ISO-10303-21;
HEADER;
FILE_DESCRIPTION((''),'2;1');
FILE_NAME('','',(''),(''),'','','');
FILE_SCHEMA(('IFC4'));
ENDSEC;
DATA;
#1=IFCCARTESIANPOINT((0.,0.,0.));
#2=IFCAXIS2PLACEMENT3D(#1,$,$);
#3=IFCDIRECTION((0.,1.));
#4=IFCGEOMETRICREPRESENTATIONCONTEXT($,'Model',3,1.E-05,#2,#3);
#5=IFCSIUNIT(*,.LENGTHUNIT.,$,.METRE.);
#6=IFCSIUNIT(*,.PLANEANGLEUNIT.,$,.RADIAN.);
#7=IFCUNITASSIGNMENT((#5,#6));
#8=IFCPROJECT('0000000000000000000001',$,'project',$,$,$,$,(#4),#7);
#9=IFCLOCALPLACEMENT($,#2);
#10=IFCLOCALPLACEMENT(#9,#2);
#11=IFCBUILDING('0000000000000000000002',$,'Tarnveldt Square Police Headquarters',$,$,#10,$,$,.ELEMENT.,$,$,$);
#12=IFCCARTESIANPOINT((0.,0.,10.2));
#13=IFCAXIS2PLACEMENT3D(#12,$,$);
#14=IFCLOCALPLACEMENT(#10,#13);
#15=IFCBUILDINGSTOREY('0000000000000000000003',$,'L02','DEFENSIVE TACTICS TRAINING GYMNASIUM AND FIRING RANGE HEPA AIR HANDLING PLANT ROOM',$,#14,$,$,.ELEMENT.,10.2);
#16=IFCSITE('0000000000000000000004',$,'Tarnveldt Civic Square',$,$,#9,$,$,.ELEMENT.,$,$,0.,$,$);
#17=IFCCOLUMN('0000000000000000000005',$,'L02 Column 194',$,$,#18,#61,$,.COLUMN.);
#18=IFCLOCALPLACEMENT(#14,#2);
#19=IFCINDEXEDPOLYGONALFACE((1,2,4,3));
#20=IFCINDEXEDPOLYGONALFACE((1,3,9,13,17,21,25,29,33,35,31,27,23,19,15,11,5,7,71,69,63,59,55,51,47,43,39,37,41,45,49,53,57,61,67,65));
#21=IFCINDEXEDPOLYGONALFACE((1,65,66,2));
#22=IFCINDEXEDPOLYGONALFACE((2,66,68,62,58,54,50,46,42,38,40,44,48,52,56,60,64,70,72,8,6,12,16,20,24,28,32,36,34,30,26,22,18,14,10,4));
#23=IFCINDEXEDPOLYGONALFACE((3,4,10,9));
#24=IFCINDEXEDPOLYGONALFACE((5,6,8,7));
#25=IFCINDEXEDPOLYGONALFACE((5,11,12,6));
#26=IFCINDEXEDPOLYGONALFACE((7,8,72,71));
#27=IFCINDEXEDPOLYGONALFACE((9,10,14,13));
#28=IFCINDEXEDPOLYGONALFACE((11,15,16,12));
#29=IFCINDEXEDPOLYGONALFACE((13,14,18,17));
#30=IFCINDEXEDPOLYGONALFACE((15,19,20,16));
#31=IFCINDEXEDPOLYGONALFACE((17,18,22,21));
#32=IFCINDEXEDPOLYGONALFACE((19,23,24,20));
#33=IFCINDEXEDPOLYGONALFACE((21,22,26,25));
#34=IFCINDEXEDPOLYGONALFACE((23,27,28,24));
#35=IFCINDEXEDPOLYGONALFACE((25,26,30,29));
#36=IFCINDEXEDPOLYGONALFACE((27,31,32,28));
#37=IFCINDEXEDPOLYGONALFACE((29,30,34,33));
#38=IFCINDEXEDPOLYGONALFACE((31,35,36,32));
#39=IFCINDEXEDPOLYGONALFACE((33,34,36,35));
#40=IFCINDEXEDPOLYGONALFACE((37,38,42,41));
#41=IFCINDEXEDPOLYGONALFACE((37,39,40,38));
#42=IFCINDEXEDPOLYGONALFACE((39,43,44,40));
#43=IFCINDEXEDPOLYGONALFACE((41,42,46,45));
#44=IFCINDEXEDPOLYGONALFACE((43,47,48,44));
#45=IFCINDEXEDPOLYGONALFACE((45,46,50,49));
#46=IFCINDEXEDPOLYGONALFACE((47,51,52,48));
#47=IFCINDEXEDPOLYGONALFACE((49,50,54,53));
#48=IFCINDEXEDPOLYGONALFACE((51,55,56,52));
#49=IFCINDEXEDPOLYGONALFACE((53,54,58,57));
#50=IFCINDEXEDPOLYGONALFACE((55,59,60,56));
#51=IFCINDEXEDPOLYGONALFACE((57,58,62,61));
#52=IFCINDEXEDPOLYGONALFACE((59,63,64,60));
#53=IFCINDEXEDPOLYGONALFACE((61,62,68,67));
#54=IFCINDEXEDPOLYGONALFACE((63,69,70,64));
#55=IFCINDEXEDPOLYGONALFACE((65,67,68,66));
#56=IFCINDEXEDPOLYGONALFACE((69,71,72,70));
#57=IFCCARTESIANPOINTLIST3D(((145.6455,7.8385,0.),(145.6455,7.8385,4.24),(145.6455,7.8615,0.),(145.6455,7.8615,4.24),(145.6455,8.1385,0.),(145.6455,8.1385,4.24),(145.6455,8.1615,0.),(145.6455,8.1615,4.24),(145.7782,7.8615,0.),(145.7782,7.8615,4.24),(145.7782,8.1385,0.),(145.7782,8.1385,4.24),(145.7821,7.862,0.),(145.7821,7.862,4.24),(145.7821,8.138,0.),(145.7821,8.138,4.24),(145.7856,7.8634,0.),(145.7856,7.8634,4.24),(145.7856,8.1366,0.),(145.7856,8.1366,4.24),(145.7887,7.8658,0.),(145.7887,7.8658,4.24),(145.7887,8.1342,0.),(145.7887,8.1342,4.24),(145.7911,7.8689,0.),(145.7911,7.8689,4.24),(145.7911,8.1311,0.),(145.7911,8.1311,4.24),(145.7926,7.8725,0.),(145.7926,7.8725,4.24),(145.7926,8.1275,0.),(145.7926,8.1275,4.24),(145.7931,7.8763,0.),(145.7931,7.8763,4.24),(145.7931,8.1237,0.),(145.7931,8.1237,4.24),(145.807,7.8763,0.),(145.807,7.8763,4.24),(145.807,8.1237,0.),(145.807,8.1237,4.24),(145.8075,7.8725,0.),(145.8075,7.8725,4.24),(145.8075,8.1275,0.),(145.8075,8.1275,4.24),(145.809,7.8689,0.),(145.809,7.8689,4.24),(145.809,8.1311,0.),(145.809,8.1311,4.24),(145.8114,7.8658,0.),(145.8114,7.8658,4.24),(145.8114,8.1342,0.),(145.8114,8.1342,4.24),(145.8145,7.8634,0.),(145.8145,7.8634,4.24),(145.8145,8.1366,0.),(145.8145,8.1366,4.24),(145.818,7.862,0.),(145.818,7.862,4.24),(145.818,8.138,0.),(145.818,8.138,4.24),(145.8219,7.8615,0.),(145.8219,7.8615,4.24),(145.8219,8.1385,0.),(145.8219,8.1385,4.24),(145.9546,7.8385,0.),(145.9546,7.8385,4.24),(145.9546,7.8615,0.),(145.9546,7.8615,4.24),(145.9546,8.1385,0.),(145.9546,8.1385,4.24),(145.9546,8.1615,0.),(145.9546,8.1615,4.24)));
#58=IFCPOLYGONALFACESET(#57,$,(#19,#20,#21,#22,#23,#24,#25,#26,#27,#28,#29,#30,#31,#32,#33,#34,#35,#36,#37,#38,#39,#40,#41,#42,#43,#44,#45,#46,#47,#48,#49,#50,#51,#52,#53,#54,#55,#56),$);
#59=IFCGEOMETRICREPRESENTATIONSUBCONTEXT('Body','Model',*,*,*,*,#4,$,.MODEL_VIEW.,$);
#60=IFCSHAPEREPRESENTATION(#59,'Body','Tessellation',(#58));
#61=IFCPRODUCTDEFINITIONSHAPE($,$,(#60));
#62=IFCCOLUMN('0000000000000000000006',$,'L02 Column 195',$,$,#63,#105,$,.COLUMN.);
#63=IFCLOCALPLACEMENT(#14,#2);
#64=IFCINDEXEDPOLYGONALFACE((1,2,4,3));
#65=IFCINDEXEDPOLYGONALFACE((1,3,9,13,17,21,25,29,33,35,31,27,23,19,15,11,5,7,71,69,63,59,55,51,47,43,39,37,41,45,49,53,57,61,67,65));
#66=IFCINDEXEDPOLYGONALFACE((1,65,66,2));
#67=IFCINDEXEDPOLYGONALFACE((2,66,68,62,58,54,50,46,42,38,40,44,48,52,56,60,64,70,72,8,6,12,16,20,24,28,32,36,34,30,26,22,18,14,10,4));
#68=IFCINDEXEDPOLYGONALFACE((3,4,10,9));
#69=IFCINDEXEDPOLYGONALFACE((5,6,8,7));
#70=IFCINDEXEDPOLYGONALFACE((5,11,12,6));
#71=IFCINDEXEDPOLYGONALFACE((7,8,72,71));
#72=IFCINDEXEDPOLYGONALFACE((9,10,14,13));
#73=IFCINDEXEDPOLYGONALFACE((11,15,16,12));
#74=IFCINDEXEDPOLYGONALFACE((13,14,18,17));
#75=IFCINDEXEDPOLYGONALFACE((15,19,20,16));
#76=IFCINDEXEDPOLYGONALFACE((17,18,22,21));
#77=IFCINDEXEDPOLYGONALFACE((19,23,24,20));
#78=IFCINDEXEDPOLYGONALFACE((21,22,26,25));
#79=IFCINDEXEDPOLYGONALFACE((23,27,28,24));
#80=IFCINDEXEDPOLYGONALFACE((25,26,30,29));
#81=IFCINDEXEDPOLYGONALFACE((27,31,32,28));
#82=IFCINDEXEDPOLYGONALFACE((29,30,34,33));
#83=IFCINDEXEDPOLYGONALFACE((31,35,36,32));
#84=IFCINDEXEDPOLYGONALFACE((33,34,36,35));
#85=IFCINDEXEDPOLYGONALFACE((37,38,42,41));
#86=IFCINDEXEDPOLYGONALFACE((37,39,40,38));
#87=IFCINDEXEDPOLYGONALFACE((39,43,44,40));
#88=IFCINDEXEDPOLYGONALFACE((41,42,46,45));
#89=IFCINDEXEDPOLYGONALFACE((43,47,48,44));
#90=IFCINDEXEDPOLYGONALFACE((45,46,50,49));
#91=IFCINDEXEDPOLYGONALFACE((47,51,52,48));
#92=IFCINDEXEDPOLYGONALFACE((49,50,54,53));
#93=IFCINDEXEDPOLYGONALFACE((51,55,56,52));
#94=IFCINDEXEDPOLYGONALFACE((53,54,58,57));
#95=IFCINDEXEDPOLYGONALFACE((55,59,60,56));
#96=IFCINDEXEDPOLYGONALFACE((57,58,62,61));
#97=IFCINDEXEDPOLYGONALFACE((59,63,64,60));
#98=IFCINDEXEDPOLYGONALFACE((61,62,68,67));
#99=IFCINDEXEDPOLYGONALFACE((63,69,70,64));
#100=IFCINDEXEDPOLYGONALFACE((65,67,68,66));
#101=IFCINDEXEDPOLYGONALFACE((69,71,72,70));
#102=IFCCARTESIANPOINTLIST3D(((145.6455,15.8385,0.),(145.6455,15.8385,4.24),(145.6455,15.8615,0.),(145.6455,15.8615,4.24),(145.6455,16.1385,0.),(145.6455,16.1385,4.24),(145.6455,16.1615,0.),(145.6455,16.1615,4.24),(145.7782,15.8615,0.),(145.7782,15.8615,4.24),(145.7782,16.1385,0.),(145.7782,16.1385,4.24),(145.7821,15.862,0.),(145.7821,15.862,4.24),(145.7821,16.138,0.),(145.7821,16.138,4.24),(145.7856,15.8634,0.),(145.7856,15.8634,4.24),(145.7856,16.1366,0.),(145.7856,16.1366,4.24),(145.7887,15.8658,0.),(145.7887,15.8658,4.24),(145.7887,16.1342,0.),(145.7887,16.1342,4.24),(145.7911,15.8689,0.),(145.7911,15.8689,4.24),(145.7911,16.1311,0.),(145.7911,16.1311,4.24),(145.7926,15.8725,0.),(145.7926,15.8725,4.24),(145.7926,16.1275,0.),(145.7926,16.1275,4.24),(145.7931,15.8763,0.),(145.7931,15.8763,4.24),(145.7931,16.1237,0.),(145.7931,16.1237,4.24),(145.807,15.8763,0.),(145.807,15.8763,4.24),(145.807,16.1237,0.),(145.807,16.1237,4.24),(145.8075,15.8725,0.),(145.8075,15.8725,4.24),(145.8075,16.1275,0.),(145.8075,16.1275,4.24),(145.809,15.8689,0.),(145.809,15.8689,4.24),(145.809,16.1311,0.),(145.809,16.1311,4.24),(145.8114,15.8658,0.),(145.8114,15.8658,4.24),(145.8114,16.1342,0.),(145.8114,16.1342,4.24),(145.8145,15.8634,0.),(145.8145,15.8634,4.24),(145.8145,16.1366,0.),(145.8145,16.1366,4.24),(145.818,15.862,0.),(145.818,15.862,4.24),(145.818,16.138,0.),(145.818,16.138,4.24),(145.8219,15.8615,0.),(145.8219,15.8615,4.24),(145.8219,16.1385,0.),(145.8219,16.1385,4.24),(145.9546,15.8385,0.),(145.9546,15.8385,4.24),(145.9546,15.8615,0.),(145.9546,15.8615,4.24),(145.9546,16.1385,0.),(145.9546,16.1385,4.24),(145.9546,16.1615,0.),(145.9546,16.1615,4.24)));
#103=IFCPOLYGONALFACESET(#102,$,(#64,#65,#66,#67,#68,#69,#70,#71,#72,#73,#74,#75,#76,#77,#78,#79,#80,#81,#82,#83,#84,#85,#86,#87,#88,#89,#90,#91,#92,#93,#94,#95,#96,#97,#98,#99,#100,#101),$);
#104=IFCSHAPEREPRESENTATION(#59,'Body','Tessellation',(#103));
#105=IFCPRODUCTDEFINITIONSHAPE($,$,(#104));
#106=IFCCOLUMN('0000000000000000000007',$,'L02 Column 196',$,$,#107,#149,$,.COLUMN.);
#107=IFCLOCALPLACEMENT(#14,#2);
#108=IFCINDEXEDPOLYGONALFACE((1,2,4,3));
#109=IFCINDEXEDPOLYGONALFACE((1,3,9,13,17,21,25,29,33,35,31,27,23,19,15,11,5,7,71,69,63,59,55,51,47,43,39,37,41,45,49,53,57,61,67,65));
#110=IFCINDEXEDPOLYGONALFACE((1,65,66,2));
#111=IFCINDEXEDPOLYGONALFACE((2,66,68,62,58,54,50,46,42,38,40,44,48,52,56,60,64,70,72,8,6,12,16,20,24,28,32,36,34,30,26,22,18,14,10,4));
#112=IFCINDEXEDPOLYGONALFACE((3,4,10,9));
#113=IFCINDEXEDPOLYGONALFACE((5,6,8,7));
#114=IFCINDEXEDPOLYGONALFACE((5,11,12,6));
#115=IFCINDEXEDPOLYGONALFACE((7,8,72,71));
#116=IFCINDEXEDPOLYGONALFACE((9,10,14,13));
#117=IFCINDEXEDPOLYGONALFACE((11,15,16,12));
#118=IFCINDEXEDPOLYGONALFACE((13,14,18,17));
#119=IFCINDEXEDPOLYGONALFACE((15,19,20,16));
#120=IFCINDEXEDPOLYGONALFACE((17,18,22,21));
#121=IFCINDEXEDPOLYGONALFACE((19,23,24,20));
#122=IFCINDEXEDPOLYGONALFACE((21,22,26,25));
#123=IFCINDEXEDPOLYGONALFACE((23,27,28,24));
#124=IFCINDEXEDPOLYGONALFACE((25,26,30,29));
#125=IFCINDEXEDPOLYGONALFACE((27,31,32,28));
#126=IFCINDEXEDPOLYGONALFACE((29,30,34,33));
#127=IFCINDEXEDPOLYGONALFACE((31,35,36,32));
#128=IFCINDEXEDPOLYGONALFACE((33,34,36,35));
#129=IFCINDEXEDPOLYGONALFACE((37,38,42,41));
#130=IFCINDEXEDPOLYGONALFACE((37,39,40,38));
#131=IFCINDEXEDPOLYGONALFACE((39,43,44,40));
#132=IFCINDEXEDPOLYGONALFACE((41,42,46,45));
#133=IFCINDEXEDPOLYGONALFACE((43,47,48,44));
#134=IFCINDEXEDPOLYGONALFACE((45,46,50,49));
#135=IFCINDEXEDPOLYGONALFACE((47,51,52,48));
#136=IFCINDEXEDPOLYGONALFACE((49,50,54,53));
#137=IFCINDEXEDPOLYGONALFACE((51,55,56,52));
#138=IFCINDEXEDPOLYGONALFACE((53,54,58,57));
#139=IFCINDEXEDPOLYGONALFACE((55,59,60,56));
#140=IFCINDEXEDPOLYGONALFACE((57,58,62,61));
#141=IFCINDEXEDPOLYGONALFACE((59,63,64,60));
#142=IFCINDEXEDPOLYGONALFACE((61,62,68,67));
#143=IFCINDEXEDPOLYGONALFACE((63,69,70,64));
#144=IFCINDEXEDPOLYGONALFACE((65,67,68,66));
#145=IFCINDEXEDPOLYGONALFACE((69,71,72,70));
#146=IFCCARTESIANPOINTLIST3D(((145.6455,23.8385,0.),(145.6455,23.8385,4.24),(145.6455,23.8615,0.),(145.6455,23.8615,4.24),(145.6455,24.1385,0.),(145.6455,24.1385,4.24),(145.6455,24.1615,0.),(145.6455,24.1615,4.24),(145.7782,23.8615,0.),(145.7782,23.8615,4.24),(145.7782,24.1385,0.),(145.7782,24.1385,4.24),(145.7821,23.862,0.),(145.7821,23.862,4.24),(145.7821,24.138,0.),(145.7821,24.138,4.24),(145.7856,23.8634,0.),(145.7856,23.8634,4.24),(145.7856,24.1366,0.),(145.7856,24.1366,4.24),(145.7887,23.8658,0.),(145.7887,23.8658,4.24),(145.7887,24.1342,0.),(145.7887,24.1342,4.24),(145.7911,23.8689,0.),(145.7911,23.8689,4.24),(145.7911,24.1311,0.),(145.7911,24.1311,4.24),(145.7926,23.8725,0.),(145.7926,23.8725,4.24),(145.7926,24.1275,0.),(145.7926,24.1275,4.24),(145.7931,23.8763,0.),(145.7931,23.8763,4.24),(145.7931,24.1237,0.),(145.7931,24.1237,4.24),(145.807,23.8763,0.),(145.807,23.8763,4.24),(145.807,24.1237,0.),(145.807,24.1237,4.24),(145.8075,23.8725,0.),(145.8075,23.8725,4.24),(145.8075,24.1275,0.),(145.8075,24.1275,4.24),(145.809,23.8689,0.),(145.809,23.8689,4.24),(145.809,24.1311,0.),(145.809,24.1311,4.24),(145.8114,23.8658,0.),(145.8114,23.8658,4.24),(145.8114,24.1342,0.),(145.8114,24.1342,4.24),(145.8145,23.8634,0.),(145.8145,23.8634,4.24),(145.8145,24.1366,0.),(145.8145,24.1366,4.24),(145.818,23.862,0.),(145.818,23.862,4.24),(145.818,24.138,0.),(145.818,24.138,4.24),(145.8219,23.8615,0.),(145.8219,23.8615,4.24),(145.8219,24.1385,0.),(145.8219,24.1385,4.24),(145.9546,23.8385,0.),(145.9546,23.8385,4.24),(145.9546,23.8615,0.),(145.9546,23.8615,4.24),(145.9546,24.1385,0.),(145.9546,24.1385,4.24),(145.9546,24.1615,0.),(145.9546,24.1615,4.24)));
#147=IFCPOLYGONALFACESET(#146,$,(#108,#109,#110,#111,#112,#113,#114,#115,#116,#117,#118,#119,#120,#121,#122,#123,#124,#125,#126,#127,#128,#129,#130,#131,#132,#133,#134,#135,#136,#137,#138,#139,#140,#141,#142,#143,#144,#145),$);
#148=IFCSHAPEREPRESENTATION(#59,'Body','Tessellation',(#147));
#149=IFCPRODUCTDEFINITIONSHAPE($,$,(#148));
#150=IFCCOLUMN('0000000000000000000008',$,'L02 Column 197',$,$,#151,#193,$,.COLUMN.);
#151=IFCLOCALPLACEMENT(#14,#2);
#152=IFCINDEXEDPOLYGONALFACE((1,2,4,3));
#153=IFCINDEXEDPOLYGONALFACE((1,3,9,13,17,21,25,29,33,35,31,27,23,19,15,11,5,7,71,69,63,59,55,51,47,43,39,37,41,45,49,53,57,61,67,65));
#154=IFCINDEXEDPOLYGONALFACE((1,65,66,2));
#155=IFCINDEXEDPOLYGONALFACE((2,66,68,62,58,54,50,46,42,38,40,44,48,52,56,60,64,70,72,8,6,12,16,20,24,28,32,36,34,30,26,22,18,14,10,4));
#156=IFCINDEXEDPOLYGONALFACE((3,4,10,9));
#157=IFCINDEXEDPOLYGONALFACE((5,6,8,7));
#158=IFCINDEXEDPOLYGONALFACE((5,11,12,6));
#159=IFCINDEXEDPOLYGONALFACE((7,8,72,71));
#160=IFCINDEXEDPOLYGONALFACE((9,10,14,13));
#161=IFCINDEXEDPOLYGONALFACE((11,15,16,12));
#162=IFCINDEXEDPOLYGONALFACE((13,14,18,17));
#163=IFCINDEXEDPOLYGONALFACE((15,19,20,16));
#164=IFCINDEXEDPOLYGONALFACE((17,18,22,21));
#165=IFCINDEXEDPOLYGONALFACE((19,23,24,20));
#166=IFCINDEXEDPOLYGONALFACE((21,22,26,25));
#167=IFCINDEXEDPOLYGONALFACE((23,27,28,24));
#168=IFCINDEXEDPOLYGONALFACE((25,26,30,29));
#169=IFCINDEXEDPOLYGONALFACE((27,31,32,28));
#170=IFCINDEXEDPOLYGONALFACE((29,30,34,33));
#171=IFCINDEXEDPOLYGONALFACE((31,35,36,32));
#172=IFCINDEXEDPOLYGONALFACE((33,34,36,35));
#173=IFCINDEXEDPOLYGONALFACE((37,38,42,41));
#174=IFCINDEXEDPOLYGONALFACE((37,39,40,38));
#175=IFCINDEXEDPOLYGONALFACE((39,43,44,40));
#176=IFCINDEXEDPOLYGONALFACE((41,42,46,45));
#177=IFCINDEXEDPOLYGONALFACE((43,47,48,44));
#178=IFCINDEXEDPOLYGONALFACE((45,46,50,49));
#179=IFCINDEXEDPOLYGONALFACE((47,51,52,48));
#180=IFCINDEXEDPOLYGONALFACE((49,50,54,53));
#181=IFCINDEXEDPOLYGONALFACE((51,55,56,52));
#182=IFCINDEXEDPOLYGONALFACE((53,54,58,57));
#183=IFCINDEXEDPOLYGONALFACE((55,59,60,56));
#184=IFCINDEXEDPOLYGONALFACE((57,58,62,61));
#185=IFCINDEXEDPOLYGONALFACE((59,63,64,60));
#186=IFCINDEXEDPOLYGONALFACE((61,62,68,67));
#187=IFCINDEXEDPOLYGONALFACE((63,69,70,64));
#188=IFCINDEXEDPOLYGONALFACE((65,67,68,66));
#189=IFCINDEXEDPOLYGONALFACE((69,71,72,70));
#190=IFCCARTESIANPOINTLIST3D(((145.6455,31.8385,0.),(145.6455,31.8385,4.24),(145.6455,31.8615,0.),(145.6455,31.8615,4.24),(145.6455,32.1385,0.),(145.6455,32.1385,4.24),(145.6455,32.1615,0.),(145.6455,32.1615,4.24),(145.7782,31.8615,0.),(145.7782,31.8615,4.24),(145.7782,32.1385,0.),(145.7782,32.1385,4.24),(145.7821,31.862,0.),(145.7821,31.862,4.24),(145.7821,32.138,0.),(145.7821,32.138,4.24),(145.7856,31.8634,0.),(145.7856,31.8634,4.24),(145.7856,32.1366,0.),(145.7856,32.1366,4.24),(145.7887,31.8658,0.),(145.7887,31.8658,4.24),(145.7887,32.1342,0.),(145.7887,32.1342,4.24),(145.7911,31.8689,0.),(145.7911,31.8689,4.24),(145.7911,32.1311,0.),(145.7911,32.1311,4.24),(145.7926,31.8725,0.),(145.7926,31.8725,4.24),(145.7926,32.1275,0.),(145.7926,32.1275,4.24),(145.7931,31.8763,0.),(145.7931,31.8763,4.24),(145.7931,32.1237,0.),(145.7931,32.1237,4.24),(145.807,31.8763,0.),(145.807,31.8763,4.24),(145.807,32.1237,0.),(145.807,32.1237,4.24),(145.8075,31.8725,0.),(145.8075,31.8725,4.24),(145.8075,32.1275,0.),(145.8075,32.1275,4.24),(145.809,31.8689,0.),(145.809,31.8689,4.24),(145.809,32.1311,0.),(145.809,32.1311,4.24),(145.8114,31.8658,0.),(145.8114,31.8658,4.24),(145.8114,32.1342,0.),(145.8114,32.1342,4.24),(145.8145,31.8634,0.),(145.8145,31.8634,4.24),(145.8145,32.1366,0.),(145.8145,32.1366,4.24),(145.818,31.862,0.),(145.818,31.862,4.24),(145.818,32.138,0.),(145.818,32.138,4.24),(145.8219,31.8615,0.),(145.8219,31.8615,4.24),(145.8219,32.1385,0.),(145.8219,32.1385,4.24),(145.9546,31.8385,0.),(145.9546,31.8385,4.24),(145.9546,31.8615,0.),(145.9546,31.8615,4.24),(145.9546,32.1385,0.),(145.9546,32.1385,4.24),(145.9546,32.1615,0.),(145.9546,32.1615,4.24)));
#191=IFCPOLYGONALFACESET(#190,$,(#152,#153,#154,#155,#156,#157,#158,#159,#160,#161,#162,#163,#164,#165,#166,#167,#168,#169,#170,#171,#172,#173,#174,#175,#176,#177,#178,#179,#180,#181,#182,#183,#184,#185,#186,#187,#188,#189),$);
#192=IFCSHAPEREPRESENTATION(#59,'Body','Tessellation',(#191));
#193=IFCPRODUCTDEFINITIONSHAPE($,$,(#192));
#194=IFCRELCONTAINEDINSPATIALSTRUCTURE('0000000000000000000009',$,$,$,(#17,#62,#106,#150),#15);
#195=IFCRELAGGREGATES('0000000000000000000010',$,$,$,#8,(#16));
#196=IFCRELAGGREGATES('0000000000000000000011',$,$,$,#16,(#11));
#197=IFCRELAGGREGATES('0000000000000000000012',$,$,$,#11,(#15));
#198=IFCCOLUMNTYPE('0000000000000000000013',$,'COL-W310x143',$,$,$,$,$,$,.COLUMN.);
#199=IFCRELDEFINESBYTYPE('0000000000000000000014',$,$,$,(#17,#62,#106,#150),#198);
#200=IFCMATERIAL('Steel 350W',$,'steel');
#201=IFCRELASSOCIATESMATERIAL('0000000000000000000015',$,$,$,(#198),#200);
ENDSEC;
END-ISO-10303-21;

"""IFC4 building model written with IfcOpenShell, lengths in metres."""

from ifc_helpers import new_model, si_unit, direction, frame, origin, origin_2d, place, context, subcontext, project, spatial, i_section, extrude, material, material_profile, profile_set, type_object, element, save


model = new_model("IFC4")

# Units and contexts
model_context = context("Model", 3, precision=1e-05, world=origin(), true_north=direction((0.0, 1.0)))
body_context = subcontext(model_context, "Body", "Model", "MODEL_VIEW")
ifc_project = project(units=[si_unit("LENGTHUNIT", "METRE"), si_unit("PLANEANGLEUNIT", "RADIAN")], contexts=[model_context])

# Site, building, storey
site_placement = place(None, origin())
site = spatial("IfcSite", under=ifc_project, at=site_placement, Name="Tarnveldt Civic Square", CompositionType="ELEMENT", RefElevation=0.0)
building_placement = place(site_placement, origin())
building = spatial("IfcBuilding", under=site, at=building_placement, Name="Tarnveldt Square Police Headquarters", CompositionType="ELEMENT")
storey_placement = place(building_placement, frame((0.0, 0.0, 10.2)))
storey = spatial("IfcBuildingStorey", under=building, at=storey_placement, Name="L02", Description="DEFENSIVE TACTICS TRAINING GYMNASIUM AND FIRING RANGE HEPA AIR HANDLING PLANT ROOM", CompositionType="ELEMENT", Elevation=10.2)

# Columns
ifc_material_1 = material(Name="Steel 350W", Category="steel")
ifc_material_profile_1 = material_profile(ifc_material_1, i_section(OverallWidth=0.3091, OverallDepth=0.323, WebThickness=0.0139, FlangeThickness=0.0229, FilletRadius=0.0149, at=origin_2d()), Name="W310x143")
ifc_profile_set_1 = profile_set([ifc_material_profile_1], Name="Steel 350W")
column_type = type_object("IfcColumnType", Name="COL-W310x143", PredefinedType="COLUMN", material=ifc_profile_set_1)
for number, where, z_axis, x_axis, name in (
    (1, (145.8, 8.0, 0.0), (0.0, 0.0, 1.0), (1.0, 0.0, 0.0), "L02 Column 194"),
    (2, (145.8, 16.0, 0.0), (0.0, 0.0, 1.0), (1.0, 0.0, 0.0), "L02 Column 195"),
    (3, (145.8, 24.0, 0.0), (0.0, 0.0, 1.0), (1.0, 0.0, 0.0), "L02 Column 196"),
    (4, (145.8, 32.0, 0.0), (0.0, 0.0, 1.0), (1.0, 0.0, 0.0), "L02 Column 197"),
):
    element("IfcColumn", number, at=place(storey_placement, frame(where, z_axis=z_axis, x_axis=x_axis)), inside=storey, type_object=column_type, Name=name, PredefinedType="COLUMN", context=body_context, shape_type="SweptSolid", body=[
        extrude(i_section(OverallWidth=0.3091, OverallDepth=0.323, WebThickness=0.0139, FlangeThickness=0.0229, FilletRadius=0.0149, at=origin_2d()), origin(), (0.0, 0.0, 1.0), 4.24),
    ])

save(model, "model.ifc")
